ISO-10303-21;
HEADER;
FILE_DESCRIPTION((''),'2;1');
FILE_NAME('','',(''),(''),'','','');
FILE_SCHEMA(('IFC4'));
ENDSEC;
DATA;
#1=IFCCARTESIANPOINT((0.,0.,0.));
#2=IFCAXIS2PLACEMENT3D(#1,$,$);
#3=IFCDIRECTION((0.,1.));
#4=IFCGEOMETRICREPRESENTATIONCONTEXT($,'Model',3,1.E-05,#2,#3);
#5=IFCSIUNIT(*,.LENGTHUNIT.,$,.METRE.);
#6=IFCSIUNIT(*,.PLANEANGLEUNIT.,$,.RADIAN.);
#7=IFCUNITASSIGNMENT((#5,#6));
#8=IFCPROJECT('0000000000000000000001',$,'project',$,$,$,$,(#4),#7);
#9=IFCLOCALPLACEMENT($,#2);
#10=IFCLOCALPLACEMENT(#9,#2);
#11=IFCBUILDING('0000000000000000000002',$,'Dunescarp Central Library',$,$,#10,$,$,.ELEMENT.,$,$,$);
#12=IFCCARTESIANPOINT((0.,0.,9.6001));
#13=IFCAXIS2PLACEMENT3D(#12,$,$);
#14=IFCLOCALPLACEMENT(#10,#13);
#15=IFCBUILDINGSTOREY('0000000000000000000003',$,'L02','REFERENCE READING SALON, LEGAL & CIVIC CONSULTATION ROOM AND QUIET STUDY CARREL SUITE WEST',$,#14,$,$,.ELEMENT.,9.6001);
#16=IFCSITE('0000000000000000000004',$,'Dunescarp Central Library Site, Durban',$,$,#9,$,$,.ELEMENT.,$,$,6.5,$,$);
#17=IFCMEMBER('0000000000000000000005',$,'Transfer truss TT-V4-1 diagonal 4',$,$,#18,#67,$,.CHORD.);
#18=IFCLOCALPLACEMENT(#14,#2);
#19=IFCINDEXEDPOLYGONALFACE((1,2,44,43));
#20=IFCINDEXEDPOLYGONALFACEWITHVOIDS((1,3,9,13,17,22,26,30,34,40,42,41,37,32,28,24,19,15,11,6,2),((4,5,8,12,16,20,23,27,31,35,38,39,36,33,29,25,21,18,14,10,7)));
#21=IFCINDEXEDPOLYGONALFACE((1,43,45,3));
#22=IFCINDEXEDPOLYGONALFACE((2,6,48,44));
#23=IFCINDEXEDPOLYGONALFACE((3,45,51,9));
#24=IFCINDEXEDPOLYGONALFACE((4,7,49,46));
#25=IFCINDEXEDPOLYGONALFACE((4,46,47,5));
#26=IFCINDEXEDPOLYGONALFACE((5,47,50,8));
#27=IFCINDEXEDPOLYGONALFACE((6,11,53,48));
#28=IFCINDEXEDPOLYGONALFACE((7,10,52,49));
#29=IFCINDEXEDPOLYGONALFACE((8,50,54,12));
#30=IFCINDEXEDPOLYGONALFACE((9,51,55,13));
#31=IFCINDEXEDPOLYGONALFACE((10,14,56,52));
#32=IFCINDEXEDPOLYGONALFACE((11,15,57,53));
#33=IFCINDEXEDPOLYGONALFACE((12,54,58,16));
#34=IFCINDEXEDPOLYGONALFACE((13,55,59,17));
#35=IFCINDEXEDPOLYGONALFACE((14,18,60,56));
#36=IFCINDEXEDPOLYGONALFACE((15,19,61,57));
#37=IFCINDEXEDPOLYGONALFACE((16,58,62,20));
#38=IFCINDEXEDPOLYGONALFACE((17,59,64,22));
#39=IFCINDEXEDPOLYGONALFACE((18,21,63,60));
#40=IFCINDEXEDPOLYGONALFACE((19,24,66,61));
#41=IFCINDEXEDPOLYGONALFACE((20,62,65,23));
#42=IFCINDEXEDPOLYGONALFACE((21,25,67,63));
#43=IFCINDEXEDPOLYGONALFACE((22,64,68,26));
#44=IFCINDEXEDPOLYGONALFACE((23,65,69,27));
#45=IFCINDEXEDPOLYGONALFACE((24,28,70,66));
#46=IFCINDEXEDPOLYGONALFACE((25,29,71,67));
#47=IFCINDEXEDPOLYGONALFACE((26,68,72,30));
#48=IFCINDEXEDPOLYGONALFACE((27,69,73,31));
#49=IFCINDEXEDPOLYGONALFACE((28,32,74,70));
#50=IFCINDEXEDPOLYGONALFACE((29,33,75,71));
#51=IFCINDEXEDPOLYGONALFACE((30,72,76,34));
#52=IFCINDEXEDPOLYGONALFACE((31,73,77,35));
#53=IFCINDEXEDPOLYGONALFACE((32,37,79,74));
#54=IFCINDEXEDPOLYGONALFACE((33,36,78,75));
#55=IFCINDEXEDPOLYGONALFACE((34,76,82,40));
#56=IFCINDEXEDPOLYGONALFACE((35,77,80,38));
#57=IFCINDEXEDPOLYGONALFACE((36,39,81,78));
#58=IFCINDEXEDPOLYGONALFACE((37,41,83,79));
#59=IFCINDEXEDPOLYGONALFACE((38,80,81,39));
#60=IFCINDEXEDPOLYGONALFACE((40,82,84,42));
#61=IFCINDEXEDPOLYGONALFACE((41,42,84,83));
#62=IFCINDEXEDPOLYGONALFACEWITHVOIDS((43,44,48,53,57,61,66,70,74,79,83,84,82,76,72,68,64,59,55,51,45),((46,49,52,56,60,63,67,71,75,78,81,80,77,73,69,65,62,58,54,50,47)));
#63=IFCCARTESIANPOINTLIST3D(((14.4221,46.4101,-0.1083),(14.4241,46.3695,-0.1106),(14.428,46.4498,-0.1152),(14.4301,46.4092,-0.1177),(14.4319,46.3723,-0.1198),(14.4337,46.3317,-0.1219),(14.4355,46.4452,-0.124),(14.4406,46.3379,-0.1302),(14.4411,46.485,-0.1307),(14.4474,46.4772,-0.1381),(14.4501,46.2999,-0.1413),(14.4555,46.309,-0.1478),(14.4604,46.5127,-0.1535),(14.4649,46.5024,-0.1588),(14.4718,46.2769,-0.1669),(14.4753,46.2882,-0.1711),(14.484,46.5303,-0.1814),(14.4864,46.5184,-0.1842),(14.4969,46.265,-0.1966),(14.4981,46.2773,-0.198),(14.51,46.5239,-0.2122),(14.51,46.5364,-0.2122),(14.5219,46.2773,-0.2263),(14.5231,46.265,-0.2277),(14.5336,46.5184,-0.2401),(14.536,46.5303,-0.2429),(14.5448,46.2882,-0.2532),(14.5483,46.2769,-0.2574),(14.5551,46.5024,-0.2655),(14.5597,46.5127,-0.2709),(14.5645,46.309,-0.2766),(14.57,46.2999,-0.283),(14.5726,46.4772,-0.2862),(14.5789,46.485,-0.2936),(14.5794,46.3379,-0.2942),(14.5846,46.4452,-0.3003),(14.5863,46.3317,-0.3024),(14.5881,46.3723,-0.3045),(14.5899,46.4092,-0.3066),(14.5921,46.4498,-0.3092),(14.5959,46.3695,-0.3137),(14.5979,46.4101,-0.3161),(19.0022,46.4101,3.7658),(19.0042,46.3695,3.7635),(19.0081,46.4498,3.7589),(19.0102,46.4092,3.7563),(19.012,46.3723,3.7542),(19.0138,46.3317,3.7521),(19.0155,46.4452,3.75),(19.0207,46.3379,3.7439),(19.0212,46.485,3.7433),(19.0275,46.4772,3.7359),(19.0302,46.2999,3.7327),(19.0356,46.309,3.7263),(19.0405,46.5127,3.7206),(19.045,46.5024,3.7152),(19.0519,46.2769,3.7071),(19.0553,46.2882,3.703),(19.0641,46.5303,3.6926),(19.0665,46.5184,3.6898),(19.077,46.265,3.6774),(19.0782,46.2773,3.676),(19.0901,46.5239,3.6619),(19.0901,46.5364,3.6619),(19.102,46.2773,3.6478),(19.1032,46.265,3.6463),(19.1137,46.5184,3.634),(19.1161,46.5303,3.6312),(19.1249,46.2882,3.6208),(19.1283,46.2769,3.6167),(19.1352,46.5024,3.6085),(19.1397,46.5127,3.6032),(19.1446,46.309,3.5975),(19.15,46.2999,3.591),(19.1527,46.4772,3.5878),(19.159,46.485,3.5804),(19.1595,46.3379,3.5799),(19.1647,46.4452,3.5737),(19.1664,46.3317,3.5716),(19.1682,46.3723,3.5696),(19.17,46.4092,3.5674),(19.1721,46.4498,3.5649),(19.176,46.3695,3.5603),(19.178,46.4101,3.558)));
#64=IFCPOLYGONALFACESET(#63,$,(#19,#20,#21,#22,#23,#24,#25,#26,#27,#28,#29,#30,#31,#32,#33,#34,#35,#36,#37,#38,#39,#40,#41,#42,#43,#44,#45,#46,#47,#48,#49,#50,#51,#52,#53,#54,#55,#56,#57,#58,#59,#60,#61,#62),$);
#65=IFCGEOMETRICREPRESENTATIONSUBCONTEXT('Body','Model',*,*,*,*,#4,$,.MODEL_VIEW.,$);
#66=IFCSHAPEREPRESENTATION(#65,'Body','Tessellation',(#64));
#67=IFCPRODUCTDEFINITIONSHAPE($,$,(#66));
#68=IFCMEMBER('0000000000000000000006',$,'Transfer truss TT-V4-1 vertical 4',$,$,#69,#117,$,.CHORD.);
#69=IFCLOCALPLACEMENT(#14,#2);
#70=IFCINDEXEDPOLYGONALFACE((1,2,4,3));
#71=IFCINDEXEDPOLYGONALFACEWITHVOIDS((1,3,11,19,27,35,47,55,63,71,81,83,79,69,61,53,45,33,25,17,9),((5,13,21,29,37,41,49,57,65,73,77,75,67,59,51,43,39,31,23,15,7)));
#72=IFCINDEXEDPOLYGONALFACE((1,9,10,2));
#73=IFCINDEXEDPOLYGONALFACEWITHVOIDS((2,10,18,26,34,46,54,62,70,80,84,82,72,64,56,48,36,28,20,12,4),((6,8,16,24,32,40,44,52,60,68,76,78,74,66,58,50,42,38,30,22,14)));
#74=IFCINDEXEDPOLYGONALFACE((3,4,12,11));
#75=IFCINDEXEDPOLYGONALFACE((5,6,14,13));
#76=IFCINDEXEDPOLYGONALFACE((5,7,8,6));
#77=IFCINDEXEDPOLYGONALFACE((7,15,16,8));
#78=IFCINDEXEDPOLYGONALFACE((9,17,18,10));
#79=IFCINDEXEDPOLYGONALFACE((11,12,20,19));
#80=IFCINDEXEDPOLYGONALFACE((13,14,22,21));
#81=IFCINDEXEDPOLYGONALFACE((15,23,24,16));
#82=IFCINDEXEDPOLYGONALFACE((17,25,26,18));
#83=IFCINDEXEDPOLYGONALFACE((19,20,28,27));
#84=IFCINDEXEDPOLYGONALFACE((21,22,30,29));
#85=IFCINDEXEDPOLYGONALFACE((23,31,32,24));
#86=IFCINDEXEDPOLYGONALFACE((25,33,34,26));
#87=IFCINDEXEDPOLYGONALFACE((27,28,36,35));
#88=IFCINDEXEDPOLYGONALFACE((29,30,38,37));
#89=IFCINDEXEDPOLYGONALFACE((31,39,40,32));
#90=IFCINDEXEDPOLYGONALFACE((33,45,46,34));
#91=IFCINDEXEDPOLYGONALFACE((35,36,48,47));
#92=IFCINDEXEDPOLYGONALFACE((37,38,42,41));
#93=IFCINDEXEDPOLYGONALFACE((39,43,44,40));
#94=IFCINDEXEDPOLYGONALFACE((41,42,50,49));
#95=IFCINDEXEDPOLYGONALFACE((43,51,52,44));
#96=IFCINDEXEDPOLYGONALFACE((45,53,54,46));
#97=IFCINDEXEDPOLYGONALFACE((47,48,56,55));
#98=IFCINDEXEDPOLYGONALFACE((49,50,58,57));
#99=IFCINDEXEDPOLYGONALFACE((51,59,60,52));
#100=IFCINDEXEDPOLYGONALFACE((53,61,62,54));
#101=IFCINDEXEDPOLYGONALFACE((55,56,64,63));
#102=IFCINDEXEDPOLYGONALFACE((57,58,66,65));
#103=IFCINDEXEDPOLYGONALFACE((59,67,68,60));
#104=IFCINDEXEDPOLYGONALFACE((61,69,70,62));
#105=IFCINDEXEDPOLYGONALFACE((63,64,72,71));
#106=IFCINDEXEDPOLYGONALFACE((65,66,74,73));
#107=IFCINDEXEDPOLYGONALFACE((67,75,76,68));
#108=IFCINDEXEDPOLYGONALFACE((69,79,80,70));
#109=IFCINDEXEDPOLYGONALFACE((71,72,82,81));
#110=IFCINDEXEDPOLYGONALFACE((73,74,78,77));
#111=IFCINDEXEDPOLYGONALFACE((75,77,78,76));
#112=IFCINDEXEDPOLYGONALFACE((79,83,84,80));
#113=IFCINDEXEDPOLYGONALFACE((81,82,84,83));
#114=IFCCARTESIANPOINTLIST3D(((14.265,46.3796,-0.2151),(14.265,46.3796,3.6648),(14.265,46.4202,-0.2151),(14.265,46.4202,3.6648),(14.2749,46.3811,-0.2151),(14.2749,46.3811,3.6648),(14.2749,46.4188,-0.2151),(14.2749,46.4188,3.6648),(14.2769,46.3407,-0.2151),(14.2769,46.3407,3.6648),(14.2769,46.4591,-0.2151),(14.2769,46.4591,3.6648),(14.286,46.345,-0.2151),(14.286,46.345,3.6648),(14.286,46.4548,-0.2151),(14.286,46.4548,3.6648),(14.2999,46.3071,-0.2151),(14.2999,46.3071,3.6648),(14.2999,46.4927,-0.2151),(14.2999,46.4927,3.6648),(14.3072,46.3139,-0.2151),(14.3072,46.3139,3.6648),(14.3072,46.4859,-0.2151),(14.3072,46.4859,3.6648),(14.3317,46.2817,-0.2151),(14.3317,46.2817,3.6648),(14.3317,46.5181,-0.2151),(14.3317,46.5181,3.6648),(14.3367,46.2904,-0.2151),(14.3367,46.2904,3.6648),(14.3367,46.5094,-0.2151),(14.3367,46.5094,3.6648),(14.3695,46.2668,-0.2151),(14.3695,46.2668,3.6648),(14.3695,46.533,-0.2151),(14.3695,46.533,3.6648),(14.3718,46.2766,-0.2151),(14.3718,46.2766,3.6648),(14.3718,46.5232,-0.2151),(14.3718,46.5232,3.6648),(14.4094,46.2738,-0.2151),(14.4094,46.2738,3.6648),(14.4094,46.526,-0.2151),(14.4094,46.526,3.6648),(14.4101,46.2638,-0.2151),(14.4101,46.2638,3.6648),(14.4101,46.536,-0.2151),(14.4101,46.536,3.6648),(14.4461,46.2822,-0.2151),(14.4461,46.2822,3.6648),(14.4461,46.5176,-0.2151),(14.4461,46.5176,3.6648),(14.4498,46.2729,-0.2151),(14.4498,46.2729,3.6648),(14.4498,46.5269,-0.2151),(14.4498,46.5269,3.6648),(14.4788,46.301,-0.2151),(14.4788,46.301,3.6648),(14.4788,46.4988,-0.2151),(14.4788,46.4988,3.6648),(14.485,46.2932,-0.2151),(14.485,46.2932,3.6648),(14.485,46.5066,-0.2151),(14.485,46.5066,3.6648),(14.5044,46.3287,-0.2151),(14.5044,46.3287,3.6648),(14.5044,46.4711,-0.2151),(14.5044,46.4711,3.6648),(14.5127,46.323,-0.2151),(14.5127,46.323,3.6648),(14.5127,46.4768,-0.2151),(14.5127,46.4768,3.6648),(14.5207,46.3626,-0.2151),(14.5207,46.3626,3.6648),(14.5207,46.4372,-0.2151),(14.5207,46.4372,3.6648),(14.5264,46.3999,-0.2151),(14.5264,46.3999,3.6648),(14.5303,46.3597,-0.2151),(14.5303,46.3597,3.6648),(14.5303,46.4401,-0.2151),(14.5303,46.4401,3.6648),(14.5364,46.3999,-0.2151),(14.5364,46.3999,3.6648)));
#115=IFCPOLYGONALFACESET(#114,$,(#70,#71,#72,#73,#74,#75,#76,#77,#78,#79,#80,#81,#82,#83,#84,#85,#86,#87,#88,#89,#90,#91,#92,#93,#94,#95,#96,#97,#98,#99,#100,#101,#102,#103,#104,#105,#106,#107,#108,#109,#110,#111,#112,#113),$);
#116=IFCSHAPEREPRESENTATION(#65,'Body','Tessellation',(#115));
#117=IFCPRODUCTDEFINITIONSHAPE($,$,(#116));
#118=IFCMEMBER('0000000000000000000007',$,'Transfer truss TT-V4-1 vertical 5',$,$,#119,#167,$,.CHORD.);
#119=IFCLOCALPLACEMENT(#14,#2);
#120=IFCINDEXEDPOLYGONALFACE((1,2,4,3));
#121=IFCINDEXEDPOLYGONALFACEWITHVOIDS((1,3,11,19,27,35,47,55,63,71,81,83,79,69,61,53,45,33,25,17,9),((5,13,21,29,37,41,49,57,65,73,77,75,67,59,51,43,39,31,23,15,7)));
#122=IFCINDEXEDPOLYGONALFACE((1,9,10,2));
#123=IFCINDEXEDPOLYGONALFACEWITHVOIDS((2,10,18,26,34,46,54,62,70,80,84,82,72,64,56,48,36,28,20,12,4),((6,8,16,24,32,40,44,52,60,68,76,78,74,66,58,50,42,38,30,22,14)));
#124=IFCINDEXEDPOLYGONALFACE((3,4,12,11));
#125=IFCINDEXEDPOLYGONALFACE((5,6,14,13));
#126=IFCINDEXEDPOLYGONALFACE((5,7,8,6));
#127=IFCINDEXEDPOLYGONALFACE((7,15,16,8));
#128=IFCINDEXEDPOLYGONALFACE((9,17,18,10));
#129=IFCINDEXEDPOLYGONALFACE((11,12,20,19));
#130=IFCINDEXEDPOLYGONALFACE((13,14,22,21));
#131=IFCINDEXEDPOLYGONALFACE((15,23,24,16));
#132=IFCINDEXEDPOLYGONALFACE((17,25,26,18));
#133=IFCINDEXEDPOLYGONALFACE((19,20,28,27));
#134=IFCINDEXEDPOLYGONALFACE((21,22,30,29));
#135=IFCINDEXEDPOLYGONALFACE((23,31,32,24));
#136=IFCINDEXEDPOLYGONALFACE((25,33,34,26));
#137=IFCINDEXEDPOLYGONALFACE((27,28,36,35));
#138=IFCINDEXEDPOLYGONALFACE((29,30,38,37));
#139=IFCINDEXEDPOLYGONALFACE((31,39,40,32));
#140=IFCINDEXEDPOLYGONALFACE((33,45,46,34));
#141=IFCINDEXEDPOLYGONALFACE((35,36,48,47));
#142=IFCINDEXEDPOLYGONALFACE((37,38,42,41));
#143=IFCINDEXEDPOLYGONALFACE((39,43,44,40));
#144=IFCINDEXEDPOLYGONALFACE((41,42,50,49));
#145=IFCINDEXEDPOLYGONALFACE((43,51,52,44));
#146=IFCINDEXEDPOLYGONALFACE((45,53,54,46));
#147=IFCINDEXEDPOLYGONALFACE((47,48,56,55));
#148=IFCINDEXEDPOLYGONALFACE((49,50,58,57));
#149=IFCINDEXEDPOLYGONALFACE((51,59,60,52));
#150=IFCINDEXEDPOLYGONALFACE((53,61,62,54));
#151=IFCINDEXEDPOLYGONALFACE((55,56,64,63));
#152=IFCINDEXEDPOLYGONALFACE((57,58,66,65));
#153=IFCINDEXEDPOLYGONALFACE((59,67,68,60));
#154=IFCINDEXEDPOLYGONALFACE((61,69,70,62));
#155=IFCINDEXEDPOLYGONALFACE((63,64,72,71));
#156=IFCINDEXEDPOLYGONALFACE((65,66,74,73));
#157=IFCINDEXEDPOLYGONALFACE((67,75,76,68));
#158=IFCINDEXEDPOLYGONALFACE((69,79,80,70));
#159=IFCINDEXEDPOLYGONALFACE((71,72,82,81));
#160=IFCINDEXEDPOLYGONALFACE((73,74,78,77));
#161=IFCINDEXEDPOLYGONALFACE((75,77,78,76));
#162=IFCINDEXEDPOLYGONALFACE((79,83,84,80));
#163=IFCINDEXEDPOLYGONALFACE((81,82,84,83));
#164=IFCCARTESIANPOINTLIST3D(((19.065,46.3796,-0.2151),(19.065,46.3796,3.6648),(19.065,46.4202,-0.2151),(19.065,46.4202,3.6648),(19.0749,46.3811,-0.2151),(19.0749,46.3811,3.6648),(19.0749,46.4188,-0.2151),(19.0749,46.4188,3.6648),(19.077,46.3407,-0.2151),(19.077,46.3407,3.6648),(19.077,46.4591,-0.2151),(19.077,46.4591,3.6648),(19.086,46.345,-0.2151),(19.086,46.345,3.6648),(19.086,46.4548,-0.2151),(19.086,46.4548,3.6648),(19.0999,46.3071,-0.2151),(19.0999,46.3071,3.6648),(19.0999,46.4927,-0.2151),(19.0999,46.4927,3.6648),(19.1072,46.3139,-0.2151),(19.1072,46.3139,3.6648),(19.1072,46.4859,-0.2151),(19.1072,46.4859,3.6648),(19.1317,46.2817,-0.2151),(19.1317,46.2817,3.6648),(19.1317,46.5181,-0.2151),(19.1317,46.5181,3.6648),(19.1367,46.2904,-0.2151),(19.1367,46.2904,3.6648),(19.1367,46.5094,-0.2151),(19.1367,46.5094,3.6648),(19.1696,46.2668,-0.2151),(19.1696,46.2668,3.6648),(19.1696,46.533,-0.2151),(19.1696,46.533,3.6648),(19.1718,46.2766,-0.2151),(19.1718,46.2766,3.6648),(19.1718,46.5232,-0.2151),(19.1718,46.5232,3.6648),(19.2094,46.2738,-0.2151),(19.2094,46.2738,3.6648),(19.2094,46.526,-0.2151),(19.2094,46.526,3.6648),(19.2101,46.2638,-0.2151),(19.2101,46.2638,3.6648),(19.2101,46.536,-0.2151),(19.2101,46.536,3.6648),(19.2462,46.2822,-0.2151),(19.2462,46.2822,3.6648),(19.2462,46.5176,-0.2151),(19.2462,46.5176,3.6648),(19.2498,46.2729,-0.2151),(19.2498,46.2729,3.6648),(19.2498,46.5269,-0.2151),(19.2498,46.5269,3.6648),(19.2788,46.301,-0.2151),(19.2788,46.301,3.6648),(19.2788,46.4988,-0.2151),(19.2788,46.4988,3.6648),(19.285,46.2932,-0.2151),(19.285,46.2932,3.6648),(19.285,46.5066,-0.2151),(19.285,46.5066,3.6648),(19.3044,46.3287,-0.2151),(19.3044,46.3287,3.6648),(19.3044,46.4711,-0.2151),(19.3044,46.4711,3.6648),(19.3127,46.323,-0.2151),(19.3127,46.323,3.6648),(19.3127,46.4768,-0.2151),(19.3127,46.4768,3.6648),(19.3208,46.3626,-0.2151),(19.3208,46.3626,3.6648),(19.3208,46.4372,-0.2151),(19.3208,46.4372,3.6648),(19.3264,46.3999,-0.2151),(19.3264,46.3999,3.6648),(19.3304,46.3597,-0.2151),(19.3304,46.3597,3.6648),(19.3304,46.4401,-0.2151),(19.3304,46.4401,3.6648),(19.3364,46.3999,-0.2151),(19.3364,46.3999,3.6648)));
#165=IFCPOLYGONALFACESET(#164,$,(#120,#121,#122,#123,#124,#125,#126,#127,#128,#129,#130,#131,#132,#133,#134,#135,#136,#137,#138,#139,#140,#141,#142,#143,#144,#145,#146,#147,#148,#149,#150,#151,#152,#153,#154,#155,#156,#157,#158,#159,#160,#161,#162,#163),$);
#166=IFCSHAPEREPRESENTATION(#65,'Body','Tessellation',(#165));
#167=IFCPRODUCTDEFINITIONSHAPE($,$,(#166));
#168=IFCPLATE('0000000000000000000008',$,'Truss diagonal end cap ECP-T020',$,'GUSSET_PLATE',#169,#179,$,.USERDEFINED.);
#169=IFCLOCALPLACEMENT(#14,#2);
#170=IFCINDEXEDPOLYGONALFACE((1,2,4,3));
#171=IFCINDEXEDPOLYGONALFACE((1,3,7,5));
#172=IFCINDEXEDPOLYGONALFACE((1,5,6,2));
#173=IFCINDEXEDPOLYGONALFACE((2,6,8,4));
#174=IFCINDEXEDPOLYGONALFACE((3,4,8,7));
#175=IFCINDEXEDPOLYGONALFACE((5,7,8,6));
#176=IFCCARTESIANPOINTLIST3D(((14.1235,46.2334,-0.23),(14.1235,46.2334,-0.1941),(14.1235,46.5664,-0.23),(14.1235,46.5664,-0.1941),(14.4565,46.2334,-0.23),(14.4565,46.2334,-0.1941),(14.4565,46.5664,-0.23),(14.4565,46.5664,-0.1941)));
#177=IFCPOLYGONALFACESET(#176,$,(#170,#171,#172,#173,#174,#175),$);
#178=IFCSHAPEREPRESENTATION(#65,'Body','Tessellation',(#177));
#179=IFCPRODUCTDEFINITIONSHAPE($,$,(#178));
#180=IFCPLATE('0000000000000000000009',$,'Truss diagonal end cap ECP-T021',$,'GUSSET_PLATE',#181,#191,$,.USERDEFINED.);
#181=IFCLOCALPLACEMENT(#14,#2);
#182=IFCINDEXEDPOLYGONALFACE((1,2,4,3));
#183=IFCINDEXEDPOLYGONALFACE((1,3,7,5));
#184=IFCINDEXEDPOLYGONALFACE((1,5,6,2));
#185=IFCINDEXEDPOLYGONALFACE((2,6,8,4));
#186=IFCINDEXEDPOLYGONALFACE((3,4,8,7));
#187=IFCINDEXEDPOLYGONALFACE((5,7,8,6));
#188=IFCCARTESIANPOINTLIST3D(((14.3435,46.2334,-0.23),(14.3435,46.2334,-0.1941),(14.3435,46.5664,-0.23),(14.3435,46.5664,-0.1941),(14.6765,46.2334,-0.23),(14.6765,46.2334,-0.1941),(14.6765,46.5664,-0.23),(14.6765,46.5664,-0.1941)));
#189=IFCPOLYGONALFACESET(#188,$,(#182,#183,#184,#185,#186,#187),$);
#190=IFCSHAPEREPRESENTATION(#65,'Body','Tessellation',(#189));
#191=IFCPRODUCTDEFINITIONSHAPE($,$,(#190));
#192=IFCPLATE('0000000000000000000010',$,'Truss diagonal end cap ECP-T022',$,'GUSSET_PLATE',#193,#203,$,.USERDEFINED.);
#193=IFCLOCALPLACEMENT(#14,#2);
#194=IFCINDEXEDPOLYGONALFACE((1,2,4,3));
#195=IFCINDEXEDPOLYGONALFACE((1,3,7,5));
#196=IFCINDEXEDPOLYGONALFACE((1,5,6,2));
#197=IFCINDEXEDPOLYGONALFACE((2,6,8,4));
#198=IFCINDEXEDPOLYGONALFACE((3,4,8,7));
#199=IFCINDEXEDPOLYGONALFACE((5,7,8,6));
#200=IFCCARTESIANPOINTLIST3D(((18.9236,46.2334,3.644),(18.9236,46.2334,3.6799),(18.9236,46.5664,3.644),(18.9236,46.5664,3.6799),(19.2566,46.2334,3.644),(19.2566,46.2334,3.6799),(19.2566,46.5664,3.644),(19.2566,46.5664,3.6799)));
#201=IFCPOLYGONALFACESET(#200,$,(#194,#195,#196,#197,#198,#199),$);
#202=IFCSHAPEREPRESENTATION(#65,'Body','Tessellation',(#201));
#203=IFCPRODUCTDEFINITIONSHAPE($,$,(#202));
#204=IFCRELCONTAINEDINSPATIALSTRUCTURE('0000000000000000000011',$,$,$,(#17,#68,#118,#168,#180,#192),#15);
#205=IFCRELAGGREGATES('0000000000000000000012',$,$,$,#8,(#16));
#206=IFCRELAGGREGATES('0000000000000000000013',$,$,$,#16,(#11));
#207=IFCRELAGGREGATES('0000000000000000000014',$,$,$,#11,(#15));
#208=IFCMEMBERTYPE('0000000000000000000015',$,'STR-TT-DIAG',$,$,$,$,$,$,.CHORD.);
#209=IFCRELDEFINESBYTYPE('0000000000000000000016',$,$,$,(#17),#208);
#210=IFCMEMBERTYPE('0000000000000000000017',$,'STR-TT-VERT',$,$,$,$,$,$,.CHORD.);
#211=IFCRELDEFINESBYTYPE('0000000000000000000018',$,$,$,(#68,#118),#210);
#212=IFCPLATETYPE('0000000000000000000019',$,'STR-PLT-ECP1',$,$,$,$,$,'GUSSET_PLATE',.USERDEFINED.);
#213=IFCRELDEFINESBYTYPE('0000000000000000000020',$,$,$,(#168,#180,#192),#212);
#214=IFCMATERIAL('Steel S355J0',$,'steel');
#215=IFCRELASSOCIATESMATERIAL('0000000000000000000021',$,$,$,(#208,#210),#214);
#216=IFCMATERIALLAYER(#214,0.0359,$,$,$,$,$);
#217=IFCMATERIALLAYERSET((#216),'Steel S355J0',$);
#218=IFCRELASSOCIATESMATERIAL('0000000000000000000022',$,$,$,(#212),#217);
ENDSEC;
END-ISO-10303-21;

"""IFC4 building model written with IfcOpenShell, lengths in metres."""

from ifc_helpers import new_model, si_unit, direction, frame, origin, origin_2d, place, context, subcontext, project, spatial, rectangle, hollow_circle, extrude, material, layer, layer_set, material_profile, profile_set, type_object, element, save


model = new_model("IFC4")

# Units and contexts
model_context = context("Model", 3, precision=1e-05, world=origin(), true_north=direction((0.0, 1.0)))
body_context = subcontext(model_context, "Body", "Model", "MODEL_VIEW")
ifc_project = project(units=[si_unit("LENGTHUNIT", "METRE"), si_unit("PLANEANGLEUNIT", "RADIAN")], contexts=[model_context])

# Site, building, storey
site_placement = place(None, origin())
site = spatial("IfcSite", under=ifc_project, at=site_placement, Name="Dunescarp Central Library Site, Durban", CompositionType="ELEMENT", RefElevation=6.5)
building_placement = place(site_placement, origin())
building = spatial("IfcBuilding", under=site, at=building_placement, Name="Dunescarp Central Library", CompositionType="ELEMENT")
storey_placement = place(building_placement, frame((0.0, 0.0, 9.6001)))
storey = spatial("IfcBuildingStorey", under=building, at=storey_placement, Name="L02", Description="REFERENCE READING SALON, LEGAL & CIVIC CONSULTATION ROOM AND QUIET STUDY CARREL SUITE WEST", CompositionType="ELEMENT", Elevation=9.6001)

# Members
ifc_material_1 = material(Name="Steel S355J0", Category="steel")
ifc_material_profile_1 = material_profile(ifc_material_1, hollow_circle(Radius=0.1365, WallThickness=0.0125, at=origin_2d()), Name="CHS 273x12.5")
ifc_profile_set_1 = profile_set([ifc_material_profile_1], Name="Steel S355J0")
member_type_1 = type_object("IfcMemberType", Name="STR-TT-DIAG", PredefinedType="CHORD", material=ifc_profile_set_1)
member_placement = place(storey_placement, frame((14.51, 46.3999, -0.2122), z_axis=(0.763504, 0.0, 0.645804), x_axis=(0.0, 1.0, 0.0)))
element("IfcMember", 1, at=member_placement, inside=storey, type_object=member_type_1, Name="Transfer truss TT-V4-1 diagonal 4", PredefinedType="CHORD", context=body_context, shape_type="SweptSolid", body=[
    extrude(hollow_circle(Radius=0.1365, WallThickness=0.0125, at=origin_2d()), origin(), (0.0, 0.0, 1.0), 5.9988),
])
ifc_material_profile_2 = material_profile(ifc_material_1, hollow_circle(Radius=0.1365, WallThickness=0.01, at=origin_2d()), Name="CHS 273x10")
ifc_profile_set_2 = profile_set([ifc_material_profile_2], Name="Steel S355J0")
member_type_2 = type_object("IfcMemberType", Name="STR-TT-VERT", PredefinedType="CHORD", material=ifc_profile_set_2)
for number, where, z_axis, x_axis, name in (
    (2, (14.3999, 46.3999, -0.2151), (0.0, 0.0, 1.0), (1.0, 0.0, 0.0), "Transfer truss TT-V4-1 vertical 4"),
    (3, (19.2, 46.3999, -0.2151), (0.0, 0.0, 1.0), (1.0, 0.0, 0.0), "Transfer truss TT-V4-1 vertical 5"),
):
    element("IfcMember", number, at=place(storey_placement, frame(where, z_axis=z_axis, x_axis=x_axis)), inside=storey, type_object=member_type_2, Name=name, PredefinedType="CHORD", context=body_context, shape_type="SweptSolid", body=[
        extrude(hollow_circle(Radius=0.1365, WallThickness=0.01, at=origin_2d()), origin(), (0.0, 0.0, 1.0), 3.8799),
    ])

# Plates
ifc_layer_1 = layer(ifc_material_1, 0.0359)
ifc_layer_set_1 = layer_set([ifc_layer_1], Name="Steel S355J0")
plate_type_1 = type_object("IfcPlateType", Name="STR-PLT-ECP1", ElementType="GUSSET_PLATE", PredefinedType="USERDEFINED", material=ifc_layer_set_1)
for number, where, z_axis, x_axis, name in (
    (4, (14.29, 46.3999, -0.23), (0.0, 0.0, 1.0), (1.0, 0.0, 0.0), "Truss diagonal end cap ECP-T020"),
    (5, (14.51, 46.3999, -0.23), (0.0, 0.0, 1.0), (1.0, 0.0, 0.0), "Truss diagonal end cap ECP-T021"),
    (6, (19.0901, 46.3999, 3.644), (0.0, 0.0, 1.0), (1.0, 0.0, 0.0), "Truss diagonal end cap ECP-T022"),
):
    element("IfcPlate", number, at=place(storey_placement, frame(where, z_axis=z_axis, x_axis=x_axis)), inside=storey, type_object=plate_type_1, Name=name, ObjectType="GUSSET_PLATE", PredefinedType="USERDEFINED", context=body_context, shape_type="SweptSolid", body=[
        extrude(rectangle(XDim=0.333, YDim=0.333, at=origin_2d()), origin(), (0.0, 0.0, 1.0), 0.0359),
    ])

save(model, "model.ifc")
